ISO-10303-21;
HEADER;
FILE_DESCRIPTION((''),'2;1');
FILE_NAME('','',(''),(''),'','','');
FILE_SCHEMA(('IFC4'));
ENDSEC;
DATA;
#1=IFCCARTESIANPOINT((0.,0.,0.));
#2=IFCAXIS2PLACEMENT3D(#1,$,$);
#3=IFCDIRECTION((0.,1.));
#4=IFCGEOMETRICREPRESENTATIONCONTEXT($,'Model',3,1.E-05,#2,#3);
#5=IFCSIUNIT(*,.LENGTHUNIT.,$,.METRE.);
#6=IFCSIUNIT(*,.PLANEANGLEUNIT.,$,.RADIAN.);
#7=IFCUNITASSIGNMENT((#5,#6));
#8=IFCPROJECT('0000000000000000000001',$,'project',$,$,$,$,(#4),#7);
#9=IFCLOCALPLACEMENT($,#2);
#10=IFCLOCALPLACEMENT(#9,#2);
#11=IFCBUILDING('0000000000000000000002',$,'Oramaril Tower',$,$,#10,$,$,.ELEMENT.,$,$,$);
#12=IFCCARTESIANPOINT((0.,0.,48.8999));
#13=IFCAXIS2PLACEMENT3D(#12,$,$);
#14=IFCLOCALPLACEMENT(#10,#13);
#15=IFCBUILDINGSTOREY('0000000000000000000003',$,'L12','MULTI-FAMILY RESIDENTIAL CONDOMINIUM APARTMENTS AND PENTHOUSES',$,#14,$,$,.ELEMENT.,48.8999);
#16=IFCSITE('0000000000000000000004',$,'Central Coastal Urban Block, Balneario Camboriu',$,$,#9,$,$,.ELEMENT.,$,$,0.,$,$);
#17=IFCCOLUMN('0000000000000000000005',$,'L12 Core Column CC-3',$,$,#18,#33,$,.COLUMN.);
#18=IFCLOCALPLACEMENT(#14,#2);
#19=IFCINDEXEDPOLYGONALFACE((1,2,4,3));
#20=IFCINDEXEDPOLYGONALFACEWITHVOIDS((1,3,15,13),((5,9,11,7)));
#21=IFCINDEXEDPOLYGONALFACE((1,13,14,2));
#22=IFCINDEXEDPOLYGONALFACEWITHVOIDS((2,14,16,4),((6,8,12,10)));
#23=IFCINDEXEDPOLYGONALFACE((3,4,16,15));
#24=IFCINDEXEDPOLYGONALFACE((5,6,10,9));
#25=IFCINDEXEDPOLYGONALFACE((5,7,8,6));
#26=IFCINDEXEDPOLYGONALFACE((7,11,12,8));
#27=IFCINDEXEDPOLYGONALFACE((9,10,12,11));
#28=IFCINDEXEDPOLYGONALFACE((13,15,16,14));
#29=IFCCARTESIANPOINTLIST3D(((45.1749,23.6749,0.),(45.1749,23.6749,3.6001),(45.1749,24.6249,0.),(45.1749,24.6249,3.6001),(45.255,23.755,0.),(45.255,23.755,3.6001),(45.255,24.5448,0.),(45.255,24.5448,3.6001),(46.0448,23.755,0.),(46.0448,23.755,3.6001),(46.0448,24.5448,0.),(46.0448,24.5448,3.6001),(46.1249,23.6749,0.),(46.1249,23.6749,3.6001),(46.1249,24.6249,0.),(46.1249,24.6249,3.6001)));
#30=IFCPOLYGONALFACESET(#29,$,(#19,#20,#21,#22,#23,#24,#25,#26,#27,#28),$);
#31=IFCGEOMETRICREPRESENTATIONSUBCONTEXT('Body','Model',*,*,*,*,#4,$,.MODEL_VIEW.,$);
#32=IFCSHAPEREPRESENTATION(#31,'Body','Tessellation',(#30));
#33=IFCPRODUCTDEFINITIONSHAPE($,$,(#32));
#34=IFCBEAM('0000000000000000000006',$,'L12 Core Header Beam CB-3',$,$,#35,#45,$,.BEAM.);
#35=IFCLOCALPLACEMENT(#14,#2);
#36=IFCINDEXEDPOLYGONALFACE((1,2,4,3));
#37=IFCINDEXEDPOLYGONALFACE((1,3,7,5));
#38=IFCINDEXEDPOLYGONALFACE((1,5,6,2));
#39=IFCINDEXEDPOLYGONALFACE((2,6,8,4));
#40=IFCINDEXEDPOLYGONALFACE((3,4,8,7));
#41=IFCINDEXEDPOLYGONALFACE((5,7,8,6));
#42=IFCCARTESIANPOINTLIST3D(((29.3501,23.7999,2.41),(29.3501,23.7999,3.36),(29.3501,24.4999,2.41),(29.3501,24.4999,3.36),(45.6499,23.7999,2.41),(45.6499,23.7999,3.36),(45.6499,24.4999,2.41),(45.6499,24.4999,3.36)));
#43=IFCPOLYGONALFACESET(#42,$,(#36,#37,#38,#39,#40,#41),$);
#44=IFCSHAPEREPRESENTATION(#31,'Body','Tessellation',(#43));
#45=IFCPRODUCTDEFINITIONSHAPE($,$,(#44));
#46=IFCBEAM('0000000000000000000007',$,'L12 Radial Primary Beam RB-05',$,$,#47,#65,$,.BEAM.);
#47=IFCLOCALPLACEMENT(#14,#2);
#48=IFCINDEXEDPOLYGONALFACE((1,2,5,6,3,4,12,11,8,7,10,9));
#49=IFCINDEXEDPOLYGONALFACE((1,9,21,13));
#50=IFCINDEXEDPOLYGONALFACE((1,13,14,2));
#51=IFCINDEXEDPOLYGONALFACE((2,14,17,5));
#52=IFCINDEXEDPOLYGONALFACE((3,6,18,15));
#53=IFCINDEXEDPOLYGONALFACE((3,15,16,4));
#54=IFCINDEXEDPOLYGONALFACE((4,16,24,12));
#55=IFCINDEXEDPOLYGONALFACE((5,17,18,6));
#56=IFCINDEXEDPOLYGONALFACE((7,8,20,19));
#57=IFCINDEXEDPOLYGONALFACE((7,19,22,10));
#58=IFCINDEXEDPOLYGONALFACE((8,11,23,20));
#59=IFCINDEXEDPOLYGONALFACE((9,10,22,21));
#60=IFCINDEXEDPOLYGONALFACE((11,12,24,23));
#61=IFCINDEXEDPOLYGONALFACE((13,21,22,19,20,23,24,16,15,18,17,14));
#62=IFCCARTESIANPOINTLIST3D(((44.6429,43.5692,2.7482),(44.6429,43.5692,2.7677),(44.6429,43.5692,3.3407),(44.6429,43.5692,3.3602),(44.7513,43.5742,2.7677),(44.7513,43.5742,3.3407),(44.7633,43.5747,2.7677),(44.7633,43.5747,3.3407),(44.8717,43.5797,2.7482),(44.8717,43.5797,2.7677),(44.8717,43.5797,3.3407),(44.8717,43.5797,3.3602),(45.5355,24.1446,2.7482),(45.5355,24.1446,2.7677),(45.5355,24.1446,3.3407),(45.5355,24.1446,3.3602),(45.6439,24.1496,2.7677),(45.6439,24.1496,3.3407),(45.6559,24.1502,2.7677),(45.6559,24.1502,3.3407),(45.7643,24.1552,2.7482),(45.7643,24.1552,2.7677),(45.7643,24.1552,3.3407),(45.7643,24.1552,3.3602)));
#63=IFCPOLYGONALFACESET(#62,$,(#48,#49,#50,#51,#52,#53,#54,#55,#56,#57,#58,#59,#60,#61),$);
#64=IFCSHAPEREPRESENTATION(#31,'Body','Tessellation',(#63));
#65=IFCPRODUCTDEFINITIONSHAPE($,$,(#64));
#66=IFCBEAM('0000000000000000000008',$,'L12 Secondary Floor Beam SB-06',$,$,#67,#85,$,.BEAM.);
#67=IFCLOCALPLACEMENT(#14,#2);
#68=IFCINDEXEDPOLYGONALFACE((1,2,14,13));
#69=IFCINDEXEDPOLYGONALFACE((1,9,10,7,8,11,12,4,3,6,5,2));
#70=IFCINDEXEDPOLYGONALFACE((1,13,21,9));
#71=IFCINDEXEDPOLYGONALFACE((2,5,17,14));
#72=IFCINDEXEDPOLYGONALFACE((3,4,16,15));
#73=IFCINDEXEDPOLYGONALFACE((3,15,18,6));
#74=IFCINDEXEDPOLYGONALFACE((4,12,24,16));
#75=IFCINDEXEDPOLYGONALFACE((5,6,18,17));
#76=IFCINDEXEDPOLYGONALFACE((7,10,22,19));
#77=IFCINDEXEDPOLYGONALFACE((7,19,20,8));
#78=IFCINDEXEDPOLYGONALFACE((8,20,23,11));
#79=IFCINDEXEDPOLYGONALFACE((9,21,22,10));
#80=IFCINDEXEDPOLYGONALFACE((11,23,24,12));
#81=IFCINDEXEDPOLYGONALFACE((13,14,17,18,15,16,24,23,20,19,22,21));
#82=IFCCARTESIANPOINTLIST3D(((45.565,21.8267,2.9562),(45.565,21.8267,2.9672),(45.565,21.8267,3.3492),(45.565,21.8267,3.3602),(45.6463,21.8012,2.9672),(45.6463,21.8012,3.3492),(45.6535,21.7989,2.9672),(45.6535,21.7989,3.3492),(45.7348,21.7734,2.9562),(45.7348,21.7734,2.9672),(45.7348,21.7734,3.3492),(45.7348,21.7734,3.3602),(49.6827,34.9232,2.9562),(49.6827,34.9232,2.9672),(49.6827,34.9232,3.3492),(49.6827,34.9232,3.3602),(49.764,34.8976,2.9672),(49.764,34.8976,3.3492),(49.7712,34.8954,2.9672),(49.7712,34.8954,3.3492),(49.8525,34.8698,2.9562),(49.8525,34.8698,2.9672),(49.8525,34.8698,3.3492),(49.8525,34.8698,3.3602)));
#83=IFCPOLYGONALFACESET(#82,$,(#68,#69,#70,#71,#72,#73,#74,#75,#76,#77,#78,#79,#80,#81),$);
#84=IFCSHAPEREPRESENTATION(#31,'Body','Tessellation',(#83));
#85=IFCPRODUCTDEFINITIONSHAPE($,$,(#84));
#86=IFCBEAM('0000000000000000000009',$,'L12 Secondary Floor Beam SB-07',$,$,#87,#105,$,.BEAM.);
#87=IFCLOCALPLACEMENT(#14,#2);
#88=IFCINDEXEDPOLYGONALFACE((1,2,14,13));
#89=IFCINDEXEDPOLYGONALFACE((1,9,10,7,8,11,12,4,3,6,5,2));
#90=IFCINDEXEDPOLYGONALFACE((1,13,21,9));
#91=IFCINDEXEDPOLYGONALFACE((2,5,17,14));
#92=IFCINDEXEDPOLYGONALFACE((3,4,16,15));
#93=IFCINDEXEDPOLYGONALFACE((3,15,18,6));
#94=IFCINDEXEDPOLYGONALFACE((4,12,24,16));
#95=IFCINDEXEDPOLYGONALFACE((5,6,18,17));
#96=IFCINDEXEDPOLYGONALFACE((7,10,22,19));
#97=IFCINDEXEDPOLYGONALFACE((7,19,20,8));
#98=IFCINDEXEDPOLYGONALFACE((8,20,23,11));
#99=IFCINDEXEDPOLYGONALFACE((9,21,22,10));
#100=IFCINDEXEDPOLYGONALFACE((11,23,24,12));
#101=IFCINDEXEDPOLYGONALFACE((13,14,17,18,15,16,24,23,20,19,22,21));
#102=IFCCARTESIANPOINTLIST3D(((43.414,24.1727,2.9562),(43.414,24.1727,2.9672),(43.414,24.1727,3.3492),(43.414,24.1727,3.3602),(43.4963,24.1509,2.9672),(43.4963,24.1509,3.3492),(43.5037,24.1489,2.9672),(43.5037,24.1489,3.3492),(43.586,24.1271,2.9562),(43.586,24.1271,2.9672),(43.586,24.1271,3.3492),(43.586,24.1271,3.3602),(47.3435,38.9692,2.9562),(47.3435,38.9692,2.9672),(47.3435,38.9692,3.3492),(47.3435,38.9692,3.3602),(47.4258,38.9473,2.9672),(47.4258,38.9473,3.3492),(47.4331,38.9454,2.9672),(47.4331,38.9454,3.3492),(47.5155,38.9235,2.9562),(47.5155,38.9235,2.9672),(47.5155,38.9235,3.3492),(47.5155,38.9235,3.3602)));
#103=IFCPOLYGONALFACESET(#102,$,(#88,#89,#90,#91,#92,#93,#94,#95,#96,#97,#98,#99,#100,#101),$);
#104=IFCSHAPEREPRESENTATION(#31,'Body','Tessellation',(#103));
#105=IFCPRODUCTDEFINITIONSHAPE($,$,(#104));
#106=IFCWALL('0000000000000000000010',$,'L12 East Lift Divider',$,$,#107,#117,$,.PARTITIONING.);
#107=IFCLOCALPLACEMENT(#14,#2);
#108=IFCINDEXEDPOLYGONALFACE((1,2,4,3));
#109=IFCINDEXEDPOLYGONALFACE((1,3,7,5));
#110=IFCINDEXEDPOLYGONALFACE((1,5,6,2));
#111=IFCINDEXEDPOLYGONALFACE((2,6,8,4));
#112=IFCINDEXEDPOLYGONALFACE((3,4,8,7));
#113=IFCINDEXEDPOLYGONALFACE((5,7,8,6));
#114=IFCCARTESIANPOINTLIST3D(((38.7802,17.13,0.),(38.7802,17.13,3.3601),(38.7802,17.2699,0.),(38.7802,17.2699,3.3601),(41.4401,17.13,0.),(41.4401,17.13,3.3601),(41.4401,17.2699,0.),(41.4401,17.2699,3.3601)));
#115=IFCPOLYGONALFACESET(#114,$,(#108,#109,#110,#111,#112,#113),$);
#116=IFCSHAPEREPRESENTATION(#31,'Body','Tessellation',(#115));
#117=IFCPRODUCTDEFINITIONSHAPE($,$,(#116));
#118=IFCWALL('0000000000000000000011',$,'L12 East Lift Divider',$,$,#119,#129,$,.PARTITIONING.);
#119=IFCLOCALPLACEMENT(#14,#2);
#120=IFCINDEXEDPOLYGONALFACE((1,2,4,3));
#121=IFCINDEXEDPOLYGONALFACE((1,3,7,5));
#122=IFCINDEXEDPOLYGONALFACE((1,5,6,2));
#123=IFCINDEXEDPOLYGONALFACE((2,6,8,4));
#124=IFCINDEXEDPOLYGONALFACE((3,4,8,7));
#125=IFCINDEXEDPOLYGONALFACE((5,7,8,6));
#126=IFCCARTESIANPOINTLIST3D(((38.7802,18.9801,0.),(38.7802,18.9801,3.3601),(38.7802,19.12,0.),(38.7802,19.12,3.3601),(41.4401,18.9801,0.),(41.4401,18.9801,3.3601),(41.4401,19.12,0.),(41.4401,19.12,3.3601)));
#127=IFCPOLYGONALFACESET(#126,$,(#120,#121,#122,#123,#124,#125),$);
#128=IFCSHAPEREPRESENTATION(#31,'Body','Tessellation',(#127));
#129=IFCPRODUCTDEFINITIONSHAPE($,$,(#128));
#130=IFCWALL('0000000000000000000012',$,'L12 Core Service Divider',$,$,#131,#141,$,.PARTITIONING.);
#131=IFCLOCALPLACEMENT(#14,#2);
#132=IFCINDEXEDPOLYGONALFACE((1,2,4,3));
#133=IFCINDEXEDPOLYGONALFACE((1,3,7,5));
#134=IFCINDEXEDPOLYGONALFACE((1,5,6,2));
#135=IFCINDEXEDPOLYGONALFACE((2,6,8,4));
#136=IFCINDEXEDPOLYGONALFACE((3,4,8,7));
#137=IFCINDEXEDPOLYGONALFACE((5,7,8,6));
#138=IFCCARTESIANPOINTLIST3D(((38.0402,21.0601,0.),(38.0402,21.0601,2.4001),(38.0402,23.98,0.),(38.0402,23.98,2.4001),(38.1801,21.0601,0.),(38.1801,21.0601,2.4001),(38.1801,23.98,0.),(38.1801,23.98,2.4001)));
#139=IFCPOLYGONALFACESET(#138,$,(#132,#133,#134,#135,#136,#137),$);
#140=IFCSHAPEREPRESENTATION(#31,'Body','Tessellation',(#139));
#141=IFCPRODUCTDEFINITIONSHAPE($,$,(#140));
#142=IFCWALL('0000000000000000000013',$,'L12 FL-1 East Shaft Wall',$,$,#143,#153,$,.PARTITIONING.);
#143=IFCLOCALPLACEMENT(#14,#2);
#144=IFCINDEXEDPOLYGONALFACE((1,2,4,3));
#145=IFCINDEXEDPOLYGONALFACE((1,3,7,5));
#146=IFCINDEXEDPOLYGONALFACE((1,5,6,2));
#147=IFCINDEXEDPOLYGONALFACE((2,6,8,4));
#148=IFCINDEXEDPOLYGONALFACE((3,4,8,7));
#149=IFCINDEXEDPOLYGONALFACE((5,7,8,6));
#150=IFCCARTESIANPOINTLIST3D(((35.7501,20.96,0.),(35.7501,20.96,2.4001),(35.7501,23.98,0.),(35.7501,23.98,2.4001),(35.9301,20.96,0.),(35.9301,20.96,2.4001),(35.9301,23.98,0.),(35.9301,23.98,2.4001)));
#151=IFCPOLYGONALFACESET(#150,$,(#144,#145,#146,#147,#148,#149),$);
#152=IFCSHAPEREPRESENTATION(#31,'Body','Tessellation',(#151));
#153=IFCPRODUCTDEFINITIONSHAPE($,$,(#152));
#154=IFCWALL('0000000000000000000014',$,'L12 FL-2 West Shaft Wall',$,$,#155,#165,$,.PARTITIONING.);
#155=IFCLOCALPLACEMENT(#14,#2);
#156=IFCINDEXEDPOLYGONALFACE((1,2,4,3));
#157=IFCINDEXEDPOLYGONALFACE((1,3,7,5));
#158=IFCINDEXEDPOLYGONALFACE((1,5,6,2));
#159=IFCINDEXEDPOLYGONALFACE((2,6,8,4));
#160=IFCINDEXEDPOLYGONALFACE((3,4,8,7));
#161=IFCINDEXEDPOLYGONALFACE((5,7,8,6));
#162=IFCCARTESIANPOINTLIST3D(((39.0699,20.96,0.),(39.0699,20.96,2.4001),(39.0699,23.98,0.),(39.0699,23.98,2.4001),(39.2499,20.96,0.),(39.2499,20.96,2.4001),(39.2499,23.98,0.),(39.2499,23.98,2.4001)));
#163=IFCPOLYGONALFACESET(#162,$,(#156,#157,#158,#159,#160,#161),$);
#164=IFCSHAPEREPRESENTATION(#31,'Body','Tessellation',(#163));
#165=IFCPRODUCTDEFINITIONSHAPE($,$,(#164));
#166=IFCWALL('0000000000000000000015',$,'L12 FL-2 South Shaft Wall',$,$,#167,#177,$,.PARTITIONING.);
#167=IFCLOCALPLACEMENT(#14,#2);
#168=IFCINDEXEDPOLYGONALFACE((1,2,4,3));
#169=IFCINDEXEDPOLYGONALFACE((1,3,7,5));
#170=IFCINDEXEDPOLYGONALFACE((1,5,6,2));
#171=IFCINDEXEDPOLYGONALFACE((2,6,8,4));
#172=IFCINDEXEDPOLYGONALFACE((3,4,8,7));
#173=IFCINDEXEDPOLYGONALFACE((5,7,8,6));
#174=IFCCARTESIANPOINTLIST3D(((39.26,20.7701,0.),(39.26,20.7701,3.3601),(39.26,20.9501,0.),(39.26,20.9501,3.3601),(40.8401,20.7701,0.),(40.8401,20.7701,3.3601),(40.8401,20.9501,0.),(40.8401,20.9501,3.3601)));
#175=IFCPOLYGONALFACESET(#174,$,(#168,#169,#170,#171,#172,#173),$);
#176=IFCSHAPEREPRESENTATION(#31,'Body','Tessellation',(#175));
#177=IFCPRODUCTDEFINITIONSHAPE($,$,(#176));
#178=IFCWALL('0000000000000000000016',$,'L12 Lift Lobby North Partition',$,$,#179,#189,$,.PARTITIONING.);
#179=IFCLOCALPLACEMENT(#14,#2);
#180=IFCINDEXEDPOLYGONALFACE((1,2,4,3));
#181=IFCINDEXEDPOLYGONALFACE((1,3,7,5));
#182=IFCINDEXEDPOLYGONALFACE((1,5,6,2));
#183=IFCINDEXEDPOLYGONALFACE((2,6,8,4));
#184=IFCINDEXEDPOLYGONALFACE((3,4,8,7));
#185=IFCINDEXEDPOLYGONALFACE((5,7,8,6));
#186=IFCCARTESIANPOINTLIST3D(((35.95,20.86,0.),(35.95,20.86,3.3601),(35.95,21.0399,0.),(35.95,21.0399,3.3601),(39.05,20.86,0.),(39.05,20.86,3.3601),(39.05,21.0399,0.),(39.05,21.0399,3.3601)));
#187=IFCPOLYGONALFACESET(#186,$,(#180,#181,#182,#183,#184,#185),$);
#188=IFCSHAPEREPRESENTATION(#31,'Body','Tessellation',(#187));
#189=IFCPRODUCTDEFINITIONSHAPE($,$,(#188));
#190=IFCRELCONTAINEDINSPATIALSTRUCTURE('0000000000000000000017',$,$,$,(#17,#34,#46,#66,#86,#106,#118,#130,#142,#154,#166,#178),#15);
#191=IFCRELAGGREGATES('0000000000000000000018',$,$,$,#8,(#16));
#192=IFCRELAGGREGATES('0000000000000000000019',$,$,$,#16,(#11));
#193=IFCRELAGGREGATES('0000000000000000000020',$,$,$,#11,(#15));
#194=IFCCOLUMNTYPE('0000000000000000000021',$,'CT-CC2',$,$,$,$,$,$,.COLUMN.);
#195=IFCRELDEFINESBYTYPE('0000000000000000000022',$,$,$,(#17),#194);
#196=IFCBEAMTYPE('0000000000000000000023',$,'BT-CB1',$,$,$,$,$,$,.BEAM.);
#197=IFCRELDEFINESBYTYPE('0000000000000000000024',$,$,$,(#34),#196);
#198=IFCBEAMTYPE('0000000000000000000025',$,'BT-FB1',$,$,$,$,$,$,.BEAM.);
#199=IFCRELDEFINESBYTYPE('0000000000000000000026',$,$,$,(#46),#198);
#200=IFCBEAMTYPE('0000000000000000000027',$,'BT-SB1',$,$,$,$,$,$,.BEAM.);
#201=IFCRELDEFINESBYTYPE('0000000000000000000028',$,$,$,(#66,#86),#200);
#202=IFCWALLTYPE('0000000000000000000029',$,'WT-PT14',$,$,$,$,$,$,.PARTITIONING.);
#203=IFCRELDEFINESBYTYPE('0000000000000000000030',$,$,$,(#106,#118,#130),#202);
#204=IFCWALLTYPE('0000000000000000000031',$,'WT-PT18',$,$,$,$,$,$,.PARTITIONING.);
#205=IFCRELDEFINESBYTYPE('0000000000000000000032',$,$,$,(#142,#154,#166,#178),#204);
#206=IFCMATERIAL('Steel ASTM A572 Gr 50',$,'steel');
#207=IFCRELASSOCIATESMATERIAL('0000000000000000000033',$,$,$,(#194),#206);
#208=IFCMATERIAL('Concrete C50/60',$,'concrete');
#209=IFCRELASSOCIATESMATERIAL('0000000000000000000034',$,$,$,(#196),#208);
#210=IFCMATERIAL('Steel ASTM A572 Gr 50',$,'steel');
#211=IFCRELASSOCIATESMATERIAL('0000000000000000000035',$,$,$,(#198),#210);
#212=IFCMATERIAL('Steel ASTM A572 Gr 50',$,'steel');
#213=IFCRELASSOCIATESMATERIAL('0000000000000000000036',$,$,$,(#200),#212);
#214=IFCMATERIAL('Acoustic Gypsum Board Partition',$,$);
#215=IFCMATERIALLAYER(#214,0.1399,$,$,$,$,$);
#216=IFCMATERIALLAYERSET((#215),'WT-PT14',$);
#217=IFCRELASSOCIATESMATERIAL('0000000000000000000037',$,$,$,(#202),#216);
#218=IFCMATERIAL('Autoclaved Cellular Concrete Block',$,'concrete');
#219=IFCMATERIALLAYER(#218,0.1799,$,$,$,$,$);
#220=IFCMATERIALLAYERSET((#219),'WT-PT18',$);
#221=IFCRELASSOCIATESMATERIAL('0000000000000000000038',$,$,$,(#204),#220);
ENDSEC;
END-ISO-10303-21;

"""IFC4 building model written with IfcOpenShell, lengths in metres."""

from ifc_helpers import new_model, si_unit, direction, frame, frame_2d, origin, origin_2d, place, context, subcontext, project, spatial, rectangle, hollow_rectangle, i_section, extrude, material, layer, layer_set, material_profile, profile_set, type_object, element, save


model = new_model("IFC4")

# Units and contexts
model_context = context("Model", 3, precision=1e-05, world=origin(), true_north=direction((0.0, 1.0)))
body_context = subcontext(model_context, "Body", "Model", "MODEL_VIEW")
ifc_project = project(units=[si_unit("LENGTHUNIT", "METRE"), si_unit("PLANEANGLEUNIT", "RADIAN")], contexts=[model_context])

# Site, building, storey
site_placement = place(None, origin())
site = spatial("IfcSite", under=ifc_project, at=site_placement, Name="Central Coastal Urban Block, Balneario Camboriu", CompositionType="ELEMENT", RefElevation=0.0)
building_placement = place(site_placement, origin())
building = spatial("IfcBuilding", under=site, at=building_placement, Name="Oramaril Tower", CompositionType="ELEMENT")
storey_placement = place(building_placement, frame((0.0, 0.0, 48.8999)))
storey = spatial("IfcBuildingStorey", under=building, at=storey_placement, Name="L12", Description="MULTI-FAMILY RESIDENTIAL CONDOMINIUM APARTMENTS AND PENTHOUSES", CompositionType="ELEMENT", Elevation=48.8999)

# Column
ifc_material_1 = material(Name="Steel ASTM A572 Gr 50", Category="steel")
ifc_material_profile_1 = material_profile(ifc_material_1, hollow_rectangle(XDim=0.95, YDim=0.95, WallThickness=0.0801, at=origin_2d()), Name="BOX950X950X80")
ifc_profile_set_1 = profile_set([ifc_material_profile_1], Name="Steel ASTM A572 Gr 50")
column_type = type_object("IfcColumnType", Name="CT-CC2", PredefinedType="COLUMN", material=ifc_profile_set_1)
column_placement = place(storey_placement, frame((45.6499, 24.1499, 0.0), z_axis=(0.0, 0.0, 1.0), x_axis=(1.0, 0.0, 0.0)))
element("IfcColumn", 1, at=column_placement, inside=storey, type_object=column_type, Name="L12 Core Column CC-3", PredefinedType="COLUMN", context=body_context, shape_type="SweptSolid", body=[
    extrude(hollow_rectangle(XDim=0.95, YDim=0.95, WallThickness=0.0801, at=origin_2d()), origin(), (0.0, 0.0, 1.0), 3.6001),
])

# Beams
ifc_material_2 = material(Name="Concrete C50/60", Category="concrete")
ifc_material_profile_2 = material_profile(ifc_material_2, rectangle(XDim=0.7, YDim=0.95, at=origin_2d()), Name="CB700X950")
ifc_profile_set_2 = profile_set([ifc_material_profile_2], Name="Concrete C50/60")
beam_type_1 = type_object("IfcBeamType", Name="BT-CB1", PredefinedType="BEAM", material=ifc_profile_set_2)
beam_1_placement = place(storey_placement, frame((45.6499, 24.1499, 2.885), z_axis=(-1.0, 0.0, 0.0), x_axis=(0.0, -1.0, 0.0)))
element("IfcBeam", 2, at=beam_1_placement, inside=storey, type_object=beam_type_1, Name="L12 Core Header Beam CB-3", PredefinedType="BEAM", context=body_context, shape_type="SweptSolid", body=[
    extrude(rectangle(XDim=0.7, YDim=0.95, at=origin_2d()), origin(), (0.0, 0.0, 1.0), 16.2998),
])
ifc_material_3 = material(Name="Steel ASTM A572 Gr 50", Category="steel")
ifc_material_profile_3 = material_profile(ifc_material_3, i_section(OverallWidth=0.229, OverallDepth=0.6121, WebThickness=0.012, FlangeThickness=0.0195, at=origin_2d()), Name="W24X84")
ifc_profile_set_3 = profile_set([ifc_material_profile_3], Name="Steel ASTM A572 Gr 50")
beam_type_2 = type_object("IfcBeamType", Name="BT-FB1", PredefinedType="BEAM", material=ifc_profile_set_3)
beam_2_placement = place(storey_placement, frame((45.6499, 24.1499, 3.0542), z_axis=(-0.045903, 0.998946, 0.0), x_axis=(-0.998946, -0.045903, 0.0)))
element("IfcBeam", 3, at=beam_2_placement, inside=storey, type_object=beam_type_2, Name="L12 Radial Primary Beam RB-05", PredefinedType="BEAM", context=body_context, shape_type="SweptSolid", body=[
    extrude(i_section(OverallWidth=0.229, OverallDepth=0.6121, WebThickness=0.012, FlangeThickness=0.0195, at=origin_2d()), origin(), (0.0, 0.0, 1.0), 19.4451),
])
ifc_material_4 = material(Name="Steel ASTM A572 Gr 50", Category="steel")
ifc_material_profile_4 = material_profile(ifc_material_4, i_section(OverallWidth=0.178, OverallDepth=0.4041, WebThickness=0.0076, FlangeThickness=0.011, at=origin_2d()), Name="W16X36")
ifc_profile_set_4 = profile_set([ifc_material_profile_4], Name="Steel ASTM A572 Gr 50")
beam_type_3 = type_object("IfcBeamType", Name="BT-SB1", PredefinedType="BEAM", material=ifc_profile_set_4)
beam_3_placement = place(storey_placement, frame((45.6499, 21.8, 3.1582), z_axis=(0.299936, 0.953959, 0.0), x_axis=(-0.953959, 0.299936, 0.0)))
element("IfcBeam", 4, at=beam_3_placement, inside=storey, type_object=beam_type_3, Name="L12 Secondary Floor Beam SB-06", PredefinedType="BEAM", context=body_context, shape_type="SweptSolid", body=[
    extrude(i_section(OverallWidth=0.178, OverallDepth=0.4041, WebThickness=0.0076, FlangeThickness=0.011, at=origin_2d()), origin(), (0.0, 0.0, 1.0), 13.7285),
])
beam_4_placement = place(storey_placement, frame((43.5, 24.1499, 3.1582), z_axis=(0.256671, 0.966499, 0.0), x_axis=(-0.966499, 0.256671, 0.0)))
element("IfcBeam", 5, at=beam_4_placement, inside=storey, type_object=beam_type_3, Name="L12 Secondary Floor Beam SB-07", PredefinedType="BEAM", context=body_context, shape_type="SweptSolid", body=[
    extrude(i_section(OverallWidth=0.178, OverallDepth=0.4041, WebThickness=0.0076, FlangeThickness=0.011, at=origin_2d()), origin(), (0.0, 0.0, 1.0), 15.3093),
])

# Walls
ifc_material_5 = material(Name="Acoustic Gypsum Board Partition")
ifc_layer_1 = layer(ifc_material_5, 0.1399)
ifc_layer_set_1 = layer_set([ifc_layer_1], Name="WT-PT14")
wall_type_1 = type_object("IfcWallType", Name="WT-PT14", PredefinedType="PARTITIONING", material=ifc_layer_set_1)
for number, where, z_axis, x_axis, name in (
    (6, (38.78, 17.2, 0.0), (0.0, 0.0, 1.0), (1.0, 0.0, 0.0), "L12 East Lift Divider"),
    (7, (38.78, 19.05, 0.0), (0.0, 0.0, 1.0), (1.0, 0.0, 0.0), "L12 East Lift Divider"),
):
    element("IfcWall", number, at=place(storey_placement, frame(where, z_axis=z_axis, x_axis=x_axis)), inside=storey, type_object=wall_type_1, Name=name, PredefinedType="PARTITIONING", context=body_context, shape_type="SweptSolid", body=[
        extrude(rectangle(XDim=2.6599, YDim=0.1399, at=frame_2d((1.3301, 0.0))), origin(), (0.0, 0.0, 1.0), 3.3601),
    ])
wall_1_placement = place(storey_placement, frame((38.1101, 21.0601, 0.0), z_axis=(0.0, 0.0, 1.0), x_axis=(0.0, 1.0, 0.0)))
element("IfcWall", 8, at=wall_1_placement, inside=storey, type_object=wall_type_1, Name="L12 Core Service Divider", PredefinedType="PARTITIONING", context=body_context, shape_type="SweptSolid", body=[
    extrude(rectangle(XDim=2.9199, YDim=0.1399, at=frame_2d((1.46, 0.0))), origin(), (0.0, 0.0, 1.0), 2.4001),
])
ifc_material_6 = material(Name="Autoclaved Cellular Concrete Block", Category="concrete")
ifc_layer_2 = layer(ifc_material_6, 0.1799)
ifc_layer_set_2 = layer_set([ifc_layer_2], Name="WT-PT18")
wall_type_2 = type_object("IfcWallType", Name="WT-PT18", PredefinedType="PARTITIONING", material=ifc_layer_set_2)
for number, where, z_axis, x_axis, name in (
    (9, (35.8401, 20.96, 0.0), (0.0, 0.0, 1.0), (0.0, 1.0, 0.0), "L12 FL-1 East Shaft Wall"),
    (10, (39.1599, 20.96, 0.0), (0.0, 0.0, 1.0), (0.0, 1.0, 0.0), "L12 FL-2 West Shaft Wall"),
):
    element("IfcWall", number, at=place(storey_placement, frame(where, z_axis=z_axis, x_axis=x_axis)), inside=storey, type_object=wall_type_2, Name=name, PredefinedType="PARTITIONING", context=body_context, shape_type="SweptSolid", body=[
        extrude(rectangle(XDim=3.02, YDim=0.1799, at=frame_2d((1.51, 0.0))), origin(), (0.0, 0.0, 1.0), 2.4001),
    ])
wall_2_placement = place(storey_placement, frame((39.26, 20.8601, 0.0), z_axis=(0.0, 0.0, 1.0), x_axis=(1.0, 0.0, 0.0)))
element("IfcWall", 11, at=wall_2_placement, inside=storey, type_object=wall_type_2, Name="L12 FL-2 South Shaft Wall", PredefinedType="PARTITIONING", context=body_context, shape_type="SweptSolid", body=[
    extrude(rectangle(XDim=1.5801, YDim=0.1799, at=frame_2d((0.79, 0.0))), origin(), (0.0, 0.0, 1.0), 3.3601),
])
wall_3_placement = place(storey_placement, frame((35.95, 20.95, 0.0), z_axis=(0.0, 0.0, 1.0), x_axis=(1.0, 0.0, 0.0)))
element("IfcWall", 12, at=wall_3_placement, inside=storey, type_object=wall_type_2, Name="L12 Lift Lobby North Partition", PredefinedType="PARTITIONING", context=body_context, shape_type="SweptSolid", body=[
    extrude(rectangle(XDim=3.1001, YDim=0.1799, at=frame_2d((1.55, 0.0))), origin(), (0.0, 0.0, 1.0), 3.3601),
])

save(model, "model.ifc")
